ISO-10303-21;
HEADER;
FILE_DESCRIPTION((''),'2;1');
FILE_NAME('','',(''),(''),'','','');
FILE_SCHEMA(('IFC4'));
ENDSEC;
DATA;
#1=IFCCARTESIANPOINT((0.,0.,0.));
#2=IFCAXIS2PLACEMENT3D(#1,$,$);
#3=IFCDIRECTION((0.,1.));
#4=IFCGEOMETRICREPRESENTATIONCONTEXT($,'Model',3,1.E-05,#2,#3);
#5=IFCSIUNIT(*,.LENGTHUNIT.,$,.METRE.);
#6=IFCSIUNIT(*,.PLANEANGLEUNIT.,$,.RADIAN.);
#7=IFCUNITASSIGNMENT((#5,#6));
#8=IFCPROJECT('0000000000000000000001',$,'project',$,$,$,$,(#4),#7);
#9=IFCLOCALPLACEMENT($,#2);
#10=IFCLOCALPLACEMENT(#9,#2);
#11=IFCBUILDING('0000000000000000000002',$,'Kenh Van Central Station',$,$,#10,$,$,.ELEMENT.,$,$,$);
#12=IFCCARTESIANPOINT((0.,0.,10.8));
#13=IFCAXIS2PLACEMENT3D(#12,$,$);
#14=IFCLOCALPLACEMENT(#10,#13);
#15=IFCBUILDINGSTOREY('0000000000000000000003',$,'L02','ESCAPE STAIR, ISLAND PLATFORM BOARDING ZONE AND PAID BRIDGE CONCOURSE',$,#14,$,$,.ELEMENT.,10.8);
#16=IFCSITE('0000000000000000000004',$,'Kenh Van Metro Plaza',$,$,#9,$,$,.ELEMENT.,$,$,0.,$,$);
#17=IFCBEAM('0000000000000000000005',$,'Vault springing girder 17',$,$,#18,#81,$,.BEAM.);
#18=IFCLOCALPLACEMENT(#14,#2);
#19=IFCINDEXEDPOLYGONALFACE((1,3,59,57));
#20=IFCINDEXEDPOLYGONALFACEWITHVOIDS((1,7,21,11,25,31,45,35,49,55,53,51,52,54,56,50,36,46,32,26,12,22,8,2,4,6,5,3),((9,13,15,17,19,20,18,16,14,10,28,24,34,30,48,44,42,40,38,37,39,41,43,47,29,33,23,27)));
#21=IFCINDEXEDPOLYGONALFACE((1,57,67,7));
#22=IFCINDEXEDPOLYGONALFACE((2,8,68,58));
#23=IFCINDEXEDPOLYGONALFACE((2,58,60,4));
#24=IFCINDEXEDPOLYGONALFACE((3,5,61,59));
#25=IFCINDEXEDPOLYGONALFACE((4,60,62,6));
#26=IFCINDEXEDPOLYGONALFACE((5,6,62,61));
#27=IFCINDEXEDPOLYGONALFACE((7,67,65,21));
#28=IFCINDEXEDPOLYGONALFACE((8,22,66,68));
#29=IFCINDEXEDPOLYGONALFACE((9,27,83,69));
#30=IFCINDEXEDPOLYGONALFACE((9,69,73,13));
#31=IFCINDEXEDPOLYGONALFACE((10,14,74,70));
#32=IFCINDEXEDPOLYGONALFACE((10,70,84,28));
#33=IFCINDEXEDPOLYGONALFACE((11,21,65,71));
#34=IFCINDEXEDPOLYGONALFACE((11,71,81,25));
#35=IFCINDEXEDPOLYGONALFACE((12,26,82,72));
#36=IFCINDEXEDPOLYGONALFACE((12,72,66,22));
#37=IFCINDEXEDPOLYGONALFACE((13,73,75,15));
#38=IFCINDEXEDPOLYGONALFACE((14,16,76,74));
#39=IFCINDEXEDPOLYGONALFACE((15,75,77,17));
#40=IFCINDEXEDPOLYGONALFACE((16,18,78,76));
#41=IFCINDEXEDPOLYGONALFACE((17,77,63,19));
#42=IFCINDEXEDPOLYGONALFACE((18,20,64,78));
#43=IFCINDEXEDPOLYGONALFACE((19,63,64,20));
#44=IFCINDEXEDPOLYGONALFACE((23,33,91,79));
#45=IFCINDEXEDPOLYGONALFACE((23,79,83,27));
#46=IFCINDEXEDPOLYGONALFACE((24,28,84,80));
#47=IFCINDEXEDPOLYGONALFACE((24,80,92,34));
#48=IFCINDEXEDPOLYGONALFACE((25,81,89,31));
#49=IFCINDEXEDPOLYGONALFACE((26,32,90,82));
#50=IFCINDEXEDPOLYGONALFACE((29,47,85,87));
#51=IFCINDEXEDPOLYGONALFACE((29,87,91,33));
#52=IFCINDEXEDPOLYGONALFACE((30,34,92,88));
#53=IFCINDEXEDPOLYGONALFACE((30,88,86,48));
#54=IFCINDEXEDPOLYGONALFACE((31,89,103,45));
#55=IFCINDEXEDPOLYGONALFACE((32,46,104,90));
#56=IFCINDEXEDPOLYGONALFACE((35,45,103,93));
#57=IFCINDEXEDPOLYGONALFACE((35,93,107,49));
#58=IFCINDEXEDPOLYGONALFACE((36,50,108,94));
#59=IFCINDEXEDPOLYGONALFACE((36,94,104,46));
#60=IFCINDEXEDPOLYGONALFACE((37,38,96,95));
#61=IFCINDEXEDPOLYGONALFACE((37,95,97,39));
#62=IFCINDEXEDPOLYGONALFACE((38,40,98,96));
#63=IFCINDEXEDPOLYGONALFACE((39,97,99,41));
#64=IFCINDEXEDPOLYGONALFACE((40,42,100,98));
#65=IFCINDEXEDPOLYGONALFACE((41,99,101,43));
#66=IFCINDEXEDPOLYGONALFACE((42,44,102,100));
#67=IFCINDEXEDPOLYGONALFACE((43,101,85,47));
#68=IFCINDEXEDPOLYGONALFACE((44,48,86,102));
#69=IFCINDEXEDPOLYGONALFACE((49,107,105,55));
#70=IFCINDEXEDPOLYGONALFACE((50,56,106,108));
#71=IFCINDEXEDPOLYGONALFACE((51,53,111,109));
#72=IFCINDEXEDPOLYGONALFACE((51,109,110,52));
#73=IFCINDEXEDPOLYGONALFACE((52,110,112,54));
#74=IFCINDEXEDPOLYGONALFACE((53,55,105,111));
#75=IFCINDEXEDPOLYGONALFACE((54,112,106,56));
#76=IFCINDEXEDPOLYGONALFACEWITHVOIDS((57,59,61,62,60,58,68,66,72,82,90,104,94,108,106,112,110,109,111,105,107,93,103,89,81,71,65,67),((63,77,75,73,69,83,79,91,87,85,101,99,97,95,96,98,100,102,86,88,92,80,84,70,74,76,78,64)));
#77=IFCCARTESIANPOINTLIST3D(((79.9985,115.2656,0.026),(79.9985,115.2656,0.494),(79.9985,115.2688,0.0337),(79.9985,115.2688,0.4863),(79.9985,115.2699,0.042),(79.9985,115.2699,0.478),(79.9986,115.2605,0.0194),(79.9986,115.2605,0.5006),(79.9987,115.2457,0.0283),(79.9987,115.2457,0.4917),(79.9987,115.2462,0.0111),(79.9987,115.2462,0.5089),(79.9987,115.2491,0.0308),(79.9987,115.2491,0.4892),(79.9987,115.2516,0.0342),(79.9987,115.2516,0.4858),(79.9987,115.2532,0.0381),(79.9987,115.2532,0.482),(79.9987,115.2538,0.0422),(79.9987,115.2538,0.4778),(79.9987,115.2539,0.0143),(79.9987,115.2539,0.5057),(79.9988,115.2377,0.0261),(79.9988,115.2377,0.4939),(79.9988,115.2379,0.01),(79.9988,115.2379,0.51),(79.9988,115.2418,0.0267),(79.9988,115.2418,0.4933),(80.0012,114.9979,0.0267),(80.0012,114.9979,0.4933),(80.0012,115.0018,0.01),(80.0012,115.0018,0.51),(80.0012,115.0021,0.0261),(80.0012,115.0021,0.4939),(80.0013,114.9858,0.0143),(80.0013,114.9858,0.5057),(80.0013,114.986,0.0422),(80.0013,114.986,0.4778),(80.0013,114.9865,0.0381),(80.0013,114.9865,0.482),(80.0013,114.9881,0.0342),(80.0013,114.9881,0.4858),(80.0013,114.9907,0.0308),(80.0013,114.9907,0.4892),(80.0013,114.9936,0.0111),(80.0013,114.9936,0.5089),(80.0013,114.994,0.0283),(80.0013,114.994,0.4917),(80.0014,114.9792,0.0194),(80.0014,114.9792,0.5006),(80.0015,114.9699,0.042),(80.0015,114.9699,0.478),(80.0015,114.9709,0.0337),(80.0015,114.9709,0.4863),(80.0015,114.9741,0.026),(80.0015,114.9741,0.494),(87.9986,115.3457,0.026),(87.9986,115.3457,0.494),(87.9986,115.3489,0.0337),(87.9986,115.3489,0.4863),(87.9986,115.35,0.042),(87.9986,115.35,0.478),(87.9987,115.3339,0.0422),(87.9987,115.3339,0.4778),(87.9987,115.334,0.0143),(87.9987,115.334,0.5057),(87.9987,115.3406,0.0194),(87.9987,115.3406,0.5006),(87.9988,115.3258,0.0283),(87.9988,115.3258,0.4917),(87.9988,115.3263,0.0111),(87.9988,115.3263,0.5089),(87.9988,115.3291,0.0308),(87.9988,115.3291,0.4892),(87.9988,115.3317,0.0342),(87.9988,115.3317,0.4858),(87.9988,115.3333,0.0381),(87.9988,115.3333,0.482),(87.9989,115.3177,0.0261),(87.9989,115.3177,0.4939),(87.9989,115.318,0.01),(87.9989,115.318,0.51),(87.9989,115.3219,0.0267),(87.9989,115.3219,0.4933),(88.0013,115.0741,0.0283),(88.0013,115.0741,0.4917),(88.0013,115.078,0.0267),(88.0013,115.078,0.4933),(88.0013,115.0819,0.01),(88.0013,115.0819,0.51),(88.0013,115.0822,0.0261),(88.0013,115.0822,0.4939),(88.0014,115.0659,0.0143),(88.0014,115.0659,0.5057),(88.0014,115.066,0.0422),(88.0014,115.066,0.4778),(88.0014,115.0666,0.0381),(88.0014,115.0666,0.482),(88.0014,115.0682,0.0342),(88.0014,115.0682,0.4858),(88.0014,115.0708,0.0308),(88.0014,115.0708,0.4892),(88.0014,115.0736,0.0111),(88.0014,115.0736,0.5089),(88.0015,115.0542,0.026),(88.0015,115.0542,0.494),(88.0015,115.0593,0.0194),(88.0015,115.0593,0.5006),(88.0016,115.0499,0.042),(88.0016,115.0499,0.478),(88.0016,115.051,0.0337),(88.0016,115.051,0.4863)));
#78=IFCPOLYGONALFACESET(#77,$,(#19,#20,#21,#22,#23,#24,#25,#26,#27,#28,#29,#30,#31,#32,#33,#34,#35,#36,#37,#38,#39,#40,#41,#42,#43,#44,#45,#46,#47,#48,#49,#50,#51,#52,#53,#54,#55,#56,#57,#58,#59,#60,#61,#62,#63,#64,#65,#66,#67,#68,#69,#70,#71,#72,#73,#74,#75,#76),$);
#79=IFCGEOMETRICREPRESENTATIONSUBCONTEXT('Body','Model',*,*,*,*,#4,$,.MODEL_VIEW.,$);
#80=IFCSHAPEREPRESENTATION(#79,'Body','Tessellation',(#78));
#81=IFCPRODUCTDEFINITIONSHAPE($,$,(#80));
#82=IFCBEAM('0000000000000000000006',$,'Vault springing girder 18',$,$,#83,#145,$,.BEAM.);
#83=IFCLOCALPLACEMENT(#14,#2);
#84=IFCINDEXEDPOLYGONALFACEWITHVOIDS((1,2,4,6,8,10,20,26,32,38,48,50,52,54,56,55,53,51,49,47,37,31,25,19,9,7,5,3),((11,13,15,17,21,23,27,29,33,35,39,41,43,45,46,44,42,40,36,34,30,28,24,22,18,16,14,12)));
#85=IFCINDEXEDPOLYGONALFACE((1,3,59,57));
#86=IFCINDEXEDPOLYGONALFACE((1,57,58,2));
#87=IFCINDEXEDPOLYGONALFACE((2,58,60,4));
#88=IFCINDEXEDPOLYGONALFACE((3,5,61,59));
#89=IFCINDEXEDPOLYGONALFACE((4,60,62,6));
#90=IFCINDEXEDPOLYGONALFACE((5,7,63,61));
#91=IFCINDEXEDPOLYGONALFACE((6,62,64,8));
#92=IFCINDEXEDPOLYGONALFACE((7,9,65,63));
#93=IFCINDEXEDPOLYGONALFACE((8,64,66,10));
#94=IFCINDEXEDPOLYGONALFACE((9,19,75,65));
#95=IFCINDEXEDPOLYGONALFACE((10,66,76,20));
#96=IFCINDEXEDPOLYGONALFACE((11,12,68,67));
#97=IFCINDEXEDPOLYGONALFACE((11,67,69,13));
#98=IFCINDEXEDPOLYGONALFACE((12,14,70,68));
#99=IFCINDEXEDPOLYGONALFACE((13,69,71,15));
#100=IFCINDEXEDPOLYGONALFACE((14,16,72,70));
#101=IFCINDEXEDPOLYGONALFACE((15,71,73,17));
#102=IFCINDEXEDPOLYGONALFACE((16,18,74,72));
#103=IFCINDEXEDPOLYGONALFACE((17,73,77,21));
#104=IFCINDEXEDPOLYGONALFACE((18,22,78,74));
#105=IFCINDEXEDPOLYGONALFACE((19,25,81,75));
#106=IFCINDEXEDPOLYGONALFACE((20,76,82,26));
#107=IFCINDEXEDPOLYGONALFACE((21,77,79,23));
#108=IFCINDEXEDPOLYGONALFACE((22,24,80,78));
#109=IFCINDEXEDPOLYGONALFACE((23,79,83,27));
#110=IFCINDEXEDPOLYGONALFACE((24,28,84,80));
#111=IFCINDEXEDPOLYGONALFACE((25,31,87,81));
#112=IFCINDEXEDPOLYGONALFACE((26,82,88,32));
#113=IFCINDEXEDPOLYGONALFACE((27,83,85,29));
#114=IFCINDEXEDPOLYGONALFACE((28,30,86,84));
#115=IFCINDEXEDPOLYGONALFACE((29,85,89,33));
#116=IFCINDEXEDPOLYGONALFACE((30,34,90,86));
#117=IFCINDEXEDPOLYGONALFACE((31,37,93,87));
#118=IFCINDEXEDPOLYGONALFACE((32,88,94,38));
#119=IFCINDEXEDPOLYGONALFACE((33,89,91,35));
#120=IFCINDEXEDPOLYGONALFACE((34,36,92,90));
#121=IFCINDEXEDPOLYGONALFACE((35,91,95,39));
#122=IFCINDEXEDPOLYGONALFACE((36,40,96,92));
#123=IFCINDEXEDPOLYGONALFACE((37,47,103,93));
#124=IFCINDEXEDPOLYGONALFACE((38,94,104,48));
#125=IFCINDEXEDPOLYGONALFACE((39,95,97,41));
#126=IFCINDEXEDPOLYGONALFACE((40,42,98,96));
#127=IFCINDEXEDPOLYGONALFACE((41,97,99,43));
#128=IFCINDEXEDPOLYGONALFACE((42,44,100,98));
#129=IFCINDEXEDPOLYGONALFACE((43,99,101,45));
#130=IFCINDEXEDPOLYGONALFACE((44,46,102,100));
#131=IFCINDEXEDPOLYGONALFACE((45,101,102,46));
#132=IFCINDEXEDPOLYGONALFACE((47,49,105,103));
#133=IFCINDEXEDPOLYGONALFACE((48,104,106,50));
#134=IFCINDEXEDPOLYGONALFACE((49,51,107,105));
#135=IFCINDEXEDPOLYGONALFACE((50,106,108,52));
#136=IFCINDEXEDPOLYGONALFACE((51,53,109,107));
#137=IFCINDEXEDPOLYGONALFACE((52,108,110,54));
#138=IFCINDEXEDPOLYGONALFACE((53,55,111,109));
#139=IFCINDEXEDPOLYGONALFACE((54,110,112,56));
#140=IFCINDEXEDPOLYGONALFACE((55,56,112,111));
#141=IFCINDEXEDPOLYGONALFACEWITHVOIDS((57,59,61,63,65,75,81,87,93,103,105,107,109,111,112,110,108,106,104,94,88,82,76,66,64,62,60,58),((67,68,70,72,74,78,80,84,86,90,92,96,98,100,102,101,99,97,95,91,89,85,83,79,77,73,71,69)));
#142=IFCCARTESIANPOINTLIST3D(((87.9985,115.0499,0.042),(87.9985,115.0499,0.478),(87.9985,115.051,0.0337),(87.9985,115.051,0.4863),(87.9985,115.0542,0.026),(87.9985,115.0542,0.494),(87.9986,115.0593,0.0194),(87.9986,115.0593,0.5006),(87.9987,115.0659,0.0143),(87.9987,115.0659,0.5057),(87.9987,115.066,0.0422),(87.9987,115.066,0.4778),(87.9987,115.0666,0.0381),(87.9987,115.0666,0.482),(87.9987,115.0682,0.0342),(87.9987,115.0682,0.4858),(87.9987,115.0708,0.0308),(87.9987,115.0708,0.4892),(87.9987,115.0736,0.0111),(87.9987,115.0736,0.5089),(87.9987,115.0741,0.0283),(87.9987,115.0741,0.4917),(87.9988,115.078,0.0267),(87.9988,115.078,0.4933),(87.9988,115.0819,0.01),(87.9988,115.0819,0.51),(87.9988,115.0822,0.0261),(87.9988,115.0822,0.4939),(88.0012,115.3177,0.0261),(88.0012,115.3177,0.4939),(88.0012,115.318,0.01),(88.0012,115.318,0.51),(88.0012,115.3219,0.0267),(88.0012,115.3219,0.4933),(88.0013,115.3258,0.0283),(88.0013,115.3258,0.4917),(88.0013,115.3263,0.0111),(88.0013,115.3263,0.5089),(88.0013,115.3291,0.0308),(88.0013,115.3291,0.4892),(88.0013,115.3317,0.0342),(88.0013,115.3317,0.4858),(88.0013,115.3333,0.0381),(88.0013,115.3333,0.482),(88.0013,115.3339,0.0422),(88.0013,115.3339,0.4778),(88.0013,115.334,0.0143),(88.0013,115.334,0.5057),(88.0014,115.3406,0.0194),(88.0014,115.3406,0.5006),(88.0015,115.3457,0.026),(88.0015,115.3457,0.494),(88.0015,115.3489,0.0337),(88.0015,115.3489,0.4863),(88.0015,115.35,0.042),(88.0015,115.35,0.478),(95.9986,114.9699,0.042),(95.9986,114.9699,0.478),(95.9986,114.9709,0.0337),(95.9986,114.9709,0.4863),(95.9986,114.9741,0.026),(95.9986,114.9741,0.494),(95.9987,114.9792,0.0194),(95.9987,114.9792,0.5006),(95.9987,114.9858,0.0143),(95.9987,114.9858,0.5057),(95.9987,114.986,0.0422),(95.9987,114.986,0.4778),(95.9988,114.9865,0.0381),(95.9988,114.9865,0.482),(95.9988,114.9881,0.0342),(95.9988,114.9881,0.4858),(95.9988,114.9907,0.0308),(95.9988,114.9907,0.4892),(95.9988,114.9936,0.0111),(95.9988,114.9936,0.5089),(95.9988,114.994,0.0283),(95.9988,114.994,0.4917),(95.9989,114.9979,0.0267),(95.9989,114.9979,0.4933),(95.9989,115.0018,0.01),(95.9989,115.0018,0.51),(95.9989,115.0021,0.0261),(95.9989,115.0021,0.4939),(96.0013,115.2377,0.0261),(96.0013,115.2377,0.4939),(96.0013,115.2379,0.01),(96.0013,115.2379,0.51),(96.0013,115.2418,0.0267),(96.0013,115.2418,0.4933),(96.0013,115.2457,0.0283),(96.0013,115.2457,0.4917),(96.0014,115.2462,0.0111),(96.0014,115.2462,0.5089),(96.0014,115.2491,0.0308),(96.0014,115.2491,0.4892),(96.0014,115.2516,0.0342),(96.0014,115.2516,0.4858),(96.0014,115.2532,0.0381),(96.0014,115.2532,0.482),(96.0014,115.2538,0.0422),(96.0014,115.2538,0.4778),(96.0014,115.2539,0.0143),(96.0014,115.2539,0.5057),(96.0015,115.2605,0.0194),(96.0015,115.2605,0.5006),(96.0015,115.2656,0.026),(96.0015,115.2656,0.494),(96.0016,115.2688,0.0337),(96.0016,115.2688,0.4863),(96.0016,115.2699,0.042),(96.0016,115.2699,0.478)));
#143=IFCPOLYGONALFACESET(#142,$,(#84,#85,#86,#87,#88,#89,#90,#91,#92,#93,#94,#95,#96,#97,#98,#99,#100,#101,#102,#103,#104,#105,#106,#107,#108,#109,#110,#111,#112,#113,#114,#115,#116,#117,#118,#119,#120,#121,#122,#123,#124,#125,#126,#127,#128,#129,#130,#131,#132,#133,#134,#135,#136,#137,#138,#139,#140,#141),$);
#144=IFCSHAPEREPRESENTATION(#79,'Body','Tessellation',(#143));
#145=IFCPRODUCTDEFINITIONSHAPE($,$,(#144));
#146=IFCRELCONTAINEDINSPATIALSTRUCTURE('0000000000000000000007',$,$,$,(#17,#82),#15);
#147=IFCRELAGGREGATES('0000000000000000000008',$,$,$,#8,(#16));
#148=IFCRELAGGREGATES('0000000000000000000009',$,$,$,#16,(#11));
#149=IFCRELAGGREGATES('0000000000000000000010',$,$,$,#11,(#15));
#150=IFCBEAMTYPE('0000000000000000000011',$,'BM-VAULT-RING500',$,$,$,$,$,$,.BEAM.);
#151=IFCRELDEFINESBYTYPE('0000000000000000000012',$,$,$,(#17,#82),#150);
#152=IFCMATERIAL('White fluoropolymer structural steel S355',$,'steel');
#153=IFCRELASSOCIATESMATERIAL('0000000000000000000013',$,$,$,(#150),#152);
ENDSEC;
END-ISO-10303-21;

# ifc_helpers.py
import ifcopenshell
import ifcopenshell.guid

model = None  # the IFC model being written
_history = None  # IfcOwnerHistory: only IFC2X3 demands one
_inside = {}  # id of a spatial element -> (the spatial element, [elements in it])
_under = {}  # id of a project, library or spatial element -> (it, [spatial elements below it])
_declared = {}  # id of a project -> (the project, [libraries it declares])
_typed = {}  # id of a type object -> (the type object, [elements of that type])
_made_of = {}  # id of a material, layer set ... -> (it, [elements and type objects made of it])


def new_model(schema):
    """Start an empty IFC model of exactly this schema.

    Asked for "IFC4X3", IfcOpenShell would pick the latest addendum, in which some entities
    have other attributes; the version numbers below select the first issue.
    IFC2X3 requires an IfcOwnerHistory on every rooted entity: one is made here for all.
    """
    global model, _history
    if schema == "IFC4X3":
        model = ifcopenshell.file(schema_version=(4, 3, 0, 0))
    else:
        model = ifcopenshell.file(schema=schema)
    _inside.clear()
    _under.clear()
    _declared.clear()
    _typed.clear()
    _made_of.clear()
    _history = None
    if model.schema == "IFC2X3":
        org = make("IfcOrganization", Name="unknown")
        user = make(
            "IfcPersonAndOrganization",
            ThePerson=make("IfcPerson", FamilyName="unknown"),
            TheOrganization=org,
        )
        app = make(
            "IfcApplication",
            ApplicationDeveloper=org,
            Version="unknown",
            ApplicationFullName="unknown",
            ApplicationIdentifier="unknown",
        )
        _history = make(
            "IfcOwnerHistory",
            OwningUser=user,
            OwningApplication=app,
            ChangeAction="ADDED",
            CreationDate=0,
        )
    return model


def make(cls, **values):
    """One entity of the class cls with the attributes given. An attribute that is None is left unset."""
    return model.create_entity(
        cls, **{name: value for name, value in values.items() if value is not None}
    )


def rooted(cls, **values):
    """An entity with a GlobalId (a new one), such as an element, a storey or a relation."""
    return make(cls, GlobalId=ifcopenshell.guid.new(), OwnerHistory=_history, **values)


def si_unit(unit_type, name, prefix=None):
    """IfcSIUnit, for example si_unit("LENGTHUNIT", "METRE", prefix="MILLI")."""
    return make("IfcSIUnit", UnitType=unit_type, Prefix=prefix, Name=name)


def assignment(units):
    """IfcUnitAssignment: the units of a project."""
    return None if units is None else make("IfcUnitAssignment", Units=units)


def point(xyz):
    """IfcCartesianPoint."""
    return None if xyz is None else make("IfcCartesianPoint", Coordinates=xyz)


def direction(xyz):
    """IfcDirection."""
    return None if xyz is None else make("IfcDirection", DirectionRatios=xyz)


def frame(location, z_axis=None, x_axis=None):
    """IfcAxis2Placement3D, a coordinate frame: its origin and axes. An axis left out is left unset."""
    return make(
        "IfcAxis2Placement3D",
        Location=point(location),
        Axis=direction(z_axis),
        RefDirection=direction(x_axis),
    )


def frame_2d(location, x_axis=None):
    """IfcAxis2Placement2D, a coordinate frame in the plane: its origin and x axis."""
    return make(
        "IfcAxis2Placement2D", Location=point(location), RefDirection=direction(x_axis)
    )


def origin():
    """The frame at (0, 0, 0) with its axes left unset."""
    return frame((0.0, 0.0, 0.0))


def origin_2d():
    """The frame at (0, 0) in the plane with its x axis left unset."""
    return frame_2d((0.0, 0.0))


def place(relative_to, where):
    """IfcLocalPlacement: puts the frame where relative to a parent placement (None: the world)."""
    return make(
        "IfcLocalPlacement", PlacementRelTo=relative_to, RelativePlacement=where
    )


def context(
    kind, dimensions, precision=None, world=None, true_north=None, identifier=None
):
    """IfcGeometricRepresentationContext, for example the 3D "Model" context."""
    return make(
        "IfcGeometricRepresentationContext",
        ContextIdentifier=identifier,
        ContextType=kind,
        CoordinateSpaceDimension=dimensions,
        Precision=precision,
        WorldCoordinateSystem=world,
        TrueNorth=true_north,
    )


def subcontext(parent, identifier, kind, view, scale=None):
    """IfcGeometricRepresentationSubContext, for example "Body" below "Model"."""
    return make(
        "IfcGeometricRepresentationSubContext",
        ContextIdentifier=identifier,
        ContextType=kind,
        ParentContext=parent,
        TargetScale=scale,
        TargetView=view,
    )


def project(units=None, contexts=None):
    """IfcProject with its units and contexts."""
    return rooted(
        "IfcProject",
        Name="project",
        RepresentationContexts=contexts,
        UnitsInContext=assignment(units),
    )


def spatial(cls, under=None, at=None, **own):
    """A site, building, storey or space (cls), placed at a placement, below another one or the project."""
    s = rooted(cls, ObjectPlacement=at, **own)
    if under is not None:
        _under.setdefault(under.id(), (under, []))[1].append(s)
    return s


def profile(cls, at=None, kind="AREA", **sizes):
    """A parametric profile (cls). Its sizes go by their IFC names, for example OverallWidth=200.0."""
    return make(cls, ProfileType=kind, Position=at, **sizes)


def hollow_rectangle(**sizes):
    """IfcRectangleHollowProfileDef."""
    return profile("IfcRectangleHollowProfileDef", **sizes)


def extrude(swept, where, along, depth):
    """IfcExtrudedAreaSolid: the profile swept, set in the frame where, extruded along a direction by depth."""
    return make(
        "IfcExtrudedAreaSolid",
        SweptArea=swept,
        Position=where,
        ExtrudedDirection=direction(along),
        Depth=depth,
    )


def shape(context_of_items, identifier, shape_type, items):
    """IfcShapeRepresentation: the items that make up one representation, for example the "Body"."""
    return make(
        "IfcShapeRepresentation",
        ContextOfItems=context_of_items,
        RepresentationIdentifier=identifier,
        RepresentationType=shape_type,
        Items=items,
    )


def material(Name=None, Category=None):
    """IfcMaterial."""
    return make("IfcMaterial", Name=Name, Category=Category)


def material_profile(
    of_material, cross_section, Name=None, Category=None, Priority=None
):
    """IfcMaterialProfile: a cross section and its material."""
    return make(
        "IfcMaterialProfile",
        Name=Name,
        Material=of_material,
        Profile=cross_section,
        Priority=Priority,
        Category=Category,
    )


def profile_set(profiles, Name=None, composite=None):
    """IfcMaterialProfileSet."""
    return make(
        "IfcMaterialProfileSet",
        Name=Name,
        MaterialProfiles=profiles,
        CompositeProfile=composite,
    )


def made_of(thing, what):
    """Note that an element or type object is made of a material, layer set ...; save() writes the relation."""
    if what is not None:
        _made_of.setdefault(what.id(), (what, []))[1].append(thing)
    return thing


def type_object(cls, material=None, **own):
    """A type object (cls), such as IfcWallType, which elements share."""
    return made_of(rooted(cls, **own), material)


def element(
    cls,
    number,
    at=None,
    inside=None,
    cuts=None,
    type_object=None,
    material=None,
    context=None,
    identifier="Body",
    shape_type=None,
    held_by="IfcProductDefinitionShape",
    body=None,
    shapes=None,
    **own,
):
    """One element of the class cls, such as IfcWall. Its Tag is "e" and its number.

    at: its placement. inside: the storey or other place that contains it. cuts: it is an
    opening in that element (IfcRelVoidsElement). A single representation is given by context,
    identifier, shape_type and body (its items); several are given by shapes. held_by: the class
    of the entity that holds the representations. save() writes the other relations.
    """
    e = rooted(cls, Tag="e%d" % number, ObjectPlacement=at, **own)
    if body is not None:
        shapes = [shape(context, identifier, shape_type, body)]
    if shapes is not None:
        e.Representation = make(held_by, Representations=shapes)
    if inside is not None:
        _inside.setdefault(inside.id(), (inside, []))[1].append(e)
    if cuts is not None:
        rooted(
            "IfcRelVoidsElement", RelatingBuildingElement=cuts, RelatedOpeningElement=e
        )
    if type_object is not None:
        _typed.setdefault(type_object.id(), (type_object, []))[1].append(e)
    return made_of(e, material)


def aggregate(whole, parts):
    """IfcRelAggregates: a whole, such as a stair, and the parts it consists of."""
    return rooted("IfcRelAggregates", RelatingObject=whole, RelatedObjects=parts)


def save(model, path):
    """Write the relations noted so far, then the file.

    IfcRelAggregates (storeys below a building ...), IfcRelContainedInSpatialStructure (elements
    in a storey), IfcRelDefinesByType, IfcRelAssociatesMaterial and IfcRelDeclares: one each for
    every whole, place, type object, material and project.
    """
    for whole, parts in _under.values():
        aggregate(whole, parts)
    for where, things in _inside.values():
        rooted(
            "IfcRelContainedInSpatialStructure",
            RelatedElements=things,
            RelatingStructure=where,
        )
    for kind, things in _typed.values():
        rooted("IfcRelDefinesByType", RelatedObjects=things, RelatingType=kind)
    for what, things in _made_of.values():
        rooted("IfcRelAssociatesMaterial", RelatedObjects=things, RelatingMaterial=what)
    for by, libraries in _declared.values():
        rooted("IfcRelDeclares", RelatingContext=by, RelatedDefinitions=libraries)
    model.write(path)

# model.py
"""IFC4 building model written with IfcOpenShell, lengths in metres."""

from ifc_helpers import new_model, si_unit, direction, frame, origin, origin_2d, place, context, subcontext, project, spatial, hollow_rectangle, extrude, material, material_profile, profile_set, type_object, element, save


model = new_model("IFC4")

# Units and contexts
model_context = context("Model", 3, precision=1e-05, world=origin(), true_north=direction((0.0, 1.0)))
body_context = subcontext(model_context, "Body", "Model", "MODEL_VIEW")
ifc_project = project(units=[si_unit("LENGTHUNIT", "METRE"), si_unit("PLANEANGLEUNIT", "RADIAN")], contexts=[model_context])

# Site, building, storey
site_placement = place(None, origin())
site = spatial("IfcSite", under=ifc_project, at=site_placement, Name="Kenh Van Metro Plaza", CompositionType="ELEMENT", RefElevation=0.0)
building_placement = place(site_placement, origin())
building = spatial("IfcBuilding", under=site, at=building_placement, Name="Kenh Van Central Station", CompositionType="ELEMENT")
storey_placement = place(building_placement, frame((0.0, 0.0, 10.8)))
storey = spatial("IfcBuildingStorey", under=building, at=storey_placement, Name="L02", Description="ESCAPE STAIR, ISLAND PLATFORM BOARDING ZONE AND PAID BRIDGE CONCOURSE", CompositionType="ELEMENT", Elevation=10.8)

# Beams
ifc_material_1 = material(Name="White fluoropolymer structural steel S355", Category="steel")
ifc_material_profile_1 = material_profile(ifc_material_1, hollow_rectangle(XDim=0.3, YDim=0.5, WallThickness=0.0161, InnerFilletRadius=0.0161, OuterFilletRadius=0.032, at=origin_2d()), Name="RHS 500x300x16")
ifc_profile_set_1 = profile_set([ifc_material_profile_1], Name="White fluoropolymer structural steel S355")
beam_type_1 = type_object("IfcBeamType", Name="BM-VAULT-RING500", PredefinedType="BEAM", material=ifc_profile_set_1)
for number, where, z_axis, x_axis, name in (
    (1, (80.0, 115.1199, 0.26), (0.99995, 0.010009, 0.0), (-0.010009, 0.99995, 0.0), "Vault springing girder 17"),
    (2, (88.0, 115.2, 0.26), (0.99995, -0.010009, 0.0), (0.010009, 0.99995, 0.0), "Vault springing girder 18"),
):
    element("IfcBeam", number, at=place(storey_placement, frame(where, z_axis=z_axis, x_axis=x_axis)), inside=storey, type_object=beam_type_1, Name=name, PredefinedType="BEAM", context=body_context, shape_type="SweptSolid", body=[
        extrude(hollow_rectangle(XDim=0.3, YDim=0.5, WallThickness=0.0161, InnerFilletRadius=0.0161, OuterFilletRadius=0.032, at=origin_2d()), origin(), (0.0, 0.0, 1.0), 8.0005),
    ])

save(model, "model.ifc")
